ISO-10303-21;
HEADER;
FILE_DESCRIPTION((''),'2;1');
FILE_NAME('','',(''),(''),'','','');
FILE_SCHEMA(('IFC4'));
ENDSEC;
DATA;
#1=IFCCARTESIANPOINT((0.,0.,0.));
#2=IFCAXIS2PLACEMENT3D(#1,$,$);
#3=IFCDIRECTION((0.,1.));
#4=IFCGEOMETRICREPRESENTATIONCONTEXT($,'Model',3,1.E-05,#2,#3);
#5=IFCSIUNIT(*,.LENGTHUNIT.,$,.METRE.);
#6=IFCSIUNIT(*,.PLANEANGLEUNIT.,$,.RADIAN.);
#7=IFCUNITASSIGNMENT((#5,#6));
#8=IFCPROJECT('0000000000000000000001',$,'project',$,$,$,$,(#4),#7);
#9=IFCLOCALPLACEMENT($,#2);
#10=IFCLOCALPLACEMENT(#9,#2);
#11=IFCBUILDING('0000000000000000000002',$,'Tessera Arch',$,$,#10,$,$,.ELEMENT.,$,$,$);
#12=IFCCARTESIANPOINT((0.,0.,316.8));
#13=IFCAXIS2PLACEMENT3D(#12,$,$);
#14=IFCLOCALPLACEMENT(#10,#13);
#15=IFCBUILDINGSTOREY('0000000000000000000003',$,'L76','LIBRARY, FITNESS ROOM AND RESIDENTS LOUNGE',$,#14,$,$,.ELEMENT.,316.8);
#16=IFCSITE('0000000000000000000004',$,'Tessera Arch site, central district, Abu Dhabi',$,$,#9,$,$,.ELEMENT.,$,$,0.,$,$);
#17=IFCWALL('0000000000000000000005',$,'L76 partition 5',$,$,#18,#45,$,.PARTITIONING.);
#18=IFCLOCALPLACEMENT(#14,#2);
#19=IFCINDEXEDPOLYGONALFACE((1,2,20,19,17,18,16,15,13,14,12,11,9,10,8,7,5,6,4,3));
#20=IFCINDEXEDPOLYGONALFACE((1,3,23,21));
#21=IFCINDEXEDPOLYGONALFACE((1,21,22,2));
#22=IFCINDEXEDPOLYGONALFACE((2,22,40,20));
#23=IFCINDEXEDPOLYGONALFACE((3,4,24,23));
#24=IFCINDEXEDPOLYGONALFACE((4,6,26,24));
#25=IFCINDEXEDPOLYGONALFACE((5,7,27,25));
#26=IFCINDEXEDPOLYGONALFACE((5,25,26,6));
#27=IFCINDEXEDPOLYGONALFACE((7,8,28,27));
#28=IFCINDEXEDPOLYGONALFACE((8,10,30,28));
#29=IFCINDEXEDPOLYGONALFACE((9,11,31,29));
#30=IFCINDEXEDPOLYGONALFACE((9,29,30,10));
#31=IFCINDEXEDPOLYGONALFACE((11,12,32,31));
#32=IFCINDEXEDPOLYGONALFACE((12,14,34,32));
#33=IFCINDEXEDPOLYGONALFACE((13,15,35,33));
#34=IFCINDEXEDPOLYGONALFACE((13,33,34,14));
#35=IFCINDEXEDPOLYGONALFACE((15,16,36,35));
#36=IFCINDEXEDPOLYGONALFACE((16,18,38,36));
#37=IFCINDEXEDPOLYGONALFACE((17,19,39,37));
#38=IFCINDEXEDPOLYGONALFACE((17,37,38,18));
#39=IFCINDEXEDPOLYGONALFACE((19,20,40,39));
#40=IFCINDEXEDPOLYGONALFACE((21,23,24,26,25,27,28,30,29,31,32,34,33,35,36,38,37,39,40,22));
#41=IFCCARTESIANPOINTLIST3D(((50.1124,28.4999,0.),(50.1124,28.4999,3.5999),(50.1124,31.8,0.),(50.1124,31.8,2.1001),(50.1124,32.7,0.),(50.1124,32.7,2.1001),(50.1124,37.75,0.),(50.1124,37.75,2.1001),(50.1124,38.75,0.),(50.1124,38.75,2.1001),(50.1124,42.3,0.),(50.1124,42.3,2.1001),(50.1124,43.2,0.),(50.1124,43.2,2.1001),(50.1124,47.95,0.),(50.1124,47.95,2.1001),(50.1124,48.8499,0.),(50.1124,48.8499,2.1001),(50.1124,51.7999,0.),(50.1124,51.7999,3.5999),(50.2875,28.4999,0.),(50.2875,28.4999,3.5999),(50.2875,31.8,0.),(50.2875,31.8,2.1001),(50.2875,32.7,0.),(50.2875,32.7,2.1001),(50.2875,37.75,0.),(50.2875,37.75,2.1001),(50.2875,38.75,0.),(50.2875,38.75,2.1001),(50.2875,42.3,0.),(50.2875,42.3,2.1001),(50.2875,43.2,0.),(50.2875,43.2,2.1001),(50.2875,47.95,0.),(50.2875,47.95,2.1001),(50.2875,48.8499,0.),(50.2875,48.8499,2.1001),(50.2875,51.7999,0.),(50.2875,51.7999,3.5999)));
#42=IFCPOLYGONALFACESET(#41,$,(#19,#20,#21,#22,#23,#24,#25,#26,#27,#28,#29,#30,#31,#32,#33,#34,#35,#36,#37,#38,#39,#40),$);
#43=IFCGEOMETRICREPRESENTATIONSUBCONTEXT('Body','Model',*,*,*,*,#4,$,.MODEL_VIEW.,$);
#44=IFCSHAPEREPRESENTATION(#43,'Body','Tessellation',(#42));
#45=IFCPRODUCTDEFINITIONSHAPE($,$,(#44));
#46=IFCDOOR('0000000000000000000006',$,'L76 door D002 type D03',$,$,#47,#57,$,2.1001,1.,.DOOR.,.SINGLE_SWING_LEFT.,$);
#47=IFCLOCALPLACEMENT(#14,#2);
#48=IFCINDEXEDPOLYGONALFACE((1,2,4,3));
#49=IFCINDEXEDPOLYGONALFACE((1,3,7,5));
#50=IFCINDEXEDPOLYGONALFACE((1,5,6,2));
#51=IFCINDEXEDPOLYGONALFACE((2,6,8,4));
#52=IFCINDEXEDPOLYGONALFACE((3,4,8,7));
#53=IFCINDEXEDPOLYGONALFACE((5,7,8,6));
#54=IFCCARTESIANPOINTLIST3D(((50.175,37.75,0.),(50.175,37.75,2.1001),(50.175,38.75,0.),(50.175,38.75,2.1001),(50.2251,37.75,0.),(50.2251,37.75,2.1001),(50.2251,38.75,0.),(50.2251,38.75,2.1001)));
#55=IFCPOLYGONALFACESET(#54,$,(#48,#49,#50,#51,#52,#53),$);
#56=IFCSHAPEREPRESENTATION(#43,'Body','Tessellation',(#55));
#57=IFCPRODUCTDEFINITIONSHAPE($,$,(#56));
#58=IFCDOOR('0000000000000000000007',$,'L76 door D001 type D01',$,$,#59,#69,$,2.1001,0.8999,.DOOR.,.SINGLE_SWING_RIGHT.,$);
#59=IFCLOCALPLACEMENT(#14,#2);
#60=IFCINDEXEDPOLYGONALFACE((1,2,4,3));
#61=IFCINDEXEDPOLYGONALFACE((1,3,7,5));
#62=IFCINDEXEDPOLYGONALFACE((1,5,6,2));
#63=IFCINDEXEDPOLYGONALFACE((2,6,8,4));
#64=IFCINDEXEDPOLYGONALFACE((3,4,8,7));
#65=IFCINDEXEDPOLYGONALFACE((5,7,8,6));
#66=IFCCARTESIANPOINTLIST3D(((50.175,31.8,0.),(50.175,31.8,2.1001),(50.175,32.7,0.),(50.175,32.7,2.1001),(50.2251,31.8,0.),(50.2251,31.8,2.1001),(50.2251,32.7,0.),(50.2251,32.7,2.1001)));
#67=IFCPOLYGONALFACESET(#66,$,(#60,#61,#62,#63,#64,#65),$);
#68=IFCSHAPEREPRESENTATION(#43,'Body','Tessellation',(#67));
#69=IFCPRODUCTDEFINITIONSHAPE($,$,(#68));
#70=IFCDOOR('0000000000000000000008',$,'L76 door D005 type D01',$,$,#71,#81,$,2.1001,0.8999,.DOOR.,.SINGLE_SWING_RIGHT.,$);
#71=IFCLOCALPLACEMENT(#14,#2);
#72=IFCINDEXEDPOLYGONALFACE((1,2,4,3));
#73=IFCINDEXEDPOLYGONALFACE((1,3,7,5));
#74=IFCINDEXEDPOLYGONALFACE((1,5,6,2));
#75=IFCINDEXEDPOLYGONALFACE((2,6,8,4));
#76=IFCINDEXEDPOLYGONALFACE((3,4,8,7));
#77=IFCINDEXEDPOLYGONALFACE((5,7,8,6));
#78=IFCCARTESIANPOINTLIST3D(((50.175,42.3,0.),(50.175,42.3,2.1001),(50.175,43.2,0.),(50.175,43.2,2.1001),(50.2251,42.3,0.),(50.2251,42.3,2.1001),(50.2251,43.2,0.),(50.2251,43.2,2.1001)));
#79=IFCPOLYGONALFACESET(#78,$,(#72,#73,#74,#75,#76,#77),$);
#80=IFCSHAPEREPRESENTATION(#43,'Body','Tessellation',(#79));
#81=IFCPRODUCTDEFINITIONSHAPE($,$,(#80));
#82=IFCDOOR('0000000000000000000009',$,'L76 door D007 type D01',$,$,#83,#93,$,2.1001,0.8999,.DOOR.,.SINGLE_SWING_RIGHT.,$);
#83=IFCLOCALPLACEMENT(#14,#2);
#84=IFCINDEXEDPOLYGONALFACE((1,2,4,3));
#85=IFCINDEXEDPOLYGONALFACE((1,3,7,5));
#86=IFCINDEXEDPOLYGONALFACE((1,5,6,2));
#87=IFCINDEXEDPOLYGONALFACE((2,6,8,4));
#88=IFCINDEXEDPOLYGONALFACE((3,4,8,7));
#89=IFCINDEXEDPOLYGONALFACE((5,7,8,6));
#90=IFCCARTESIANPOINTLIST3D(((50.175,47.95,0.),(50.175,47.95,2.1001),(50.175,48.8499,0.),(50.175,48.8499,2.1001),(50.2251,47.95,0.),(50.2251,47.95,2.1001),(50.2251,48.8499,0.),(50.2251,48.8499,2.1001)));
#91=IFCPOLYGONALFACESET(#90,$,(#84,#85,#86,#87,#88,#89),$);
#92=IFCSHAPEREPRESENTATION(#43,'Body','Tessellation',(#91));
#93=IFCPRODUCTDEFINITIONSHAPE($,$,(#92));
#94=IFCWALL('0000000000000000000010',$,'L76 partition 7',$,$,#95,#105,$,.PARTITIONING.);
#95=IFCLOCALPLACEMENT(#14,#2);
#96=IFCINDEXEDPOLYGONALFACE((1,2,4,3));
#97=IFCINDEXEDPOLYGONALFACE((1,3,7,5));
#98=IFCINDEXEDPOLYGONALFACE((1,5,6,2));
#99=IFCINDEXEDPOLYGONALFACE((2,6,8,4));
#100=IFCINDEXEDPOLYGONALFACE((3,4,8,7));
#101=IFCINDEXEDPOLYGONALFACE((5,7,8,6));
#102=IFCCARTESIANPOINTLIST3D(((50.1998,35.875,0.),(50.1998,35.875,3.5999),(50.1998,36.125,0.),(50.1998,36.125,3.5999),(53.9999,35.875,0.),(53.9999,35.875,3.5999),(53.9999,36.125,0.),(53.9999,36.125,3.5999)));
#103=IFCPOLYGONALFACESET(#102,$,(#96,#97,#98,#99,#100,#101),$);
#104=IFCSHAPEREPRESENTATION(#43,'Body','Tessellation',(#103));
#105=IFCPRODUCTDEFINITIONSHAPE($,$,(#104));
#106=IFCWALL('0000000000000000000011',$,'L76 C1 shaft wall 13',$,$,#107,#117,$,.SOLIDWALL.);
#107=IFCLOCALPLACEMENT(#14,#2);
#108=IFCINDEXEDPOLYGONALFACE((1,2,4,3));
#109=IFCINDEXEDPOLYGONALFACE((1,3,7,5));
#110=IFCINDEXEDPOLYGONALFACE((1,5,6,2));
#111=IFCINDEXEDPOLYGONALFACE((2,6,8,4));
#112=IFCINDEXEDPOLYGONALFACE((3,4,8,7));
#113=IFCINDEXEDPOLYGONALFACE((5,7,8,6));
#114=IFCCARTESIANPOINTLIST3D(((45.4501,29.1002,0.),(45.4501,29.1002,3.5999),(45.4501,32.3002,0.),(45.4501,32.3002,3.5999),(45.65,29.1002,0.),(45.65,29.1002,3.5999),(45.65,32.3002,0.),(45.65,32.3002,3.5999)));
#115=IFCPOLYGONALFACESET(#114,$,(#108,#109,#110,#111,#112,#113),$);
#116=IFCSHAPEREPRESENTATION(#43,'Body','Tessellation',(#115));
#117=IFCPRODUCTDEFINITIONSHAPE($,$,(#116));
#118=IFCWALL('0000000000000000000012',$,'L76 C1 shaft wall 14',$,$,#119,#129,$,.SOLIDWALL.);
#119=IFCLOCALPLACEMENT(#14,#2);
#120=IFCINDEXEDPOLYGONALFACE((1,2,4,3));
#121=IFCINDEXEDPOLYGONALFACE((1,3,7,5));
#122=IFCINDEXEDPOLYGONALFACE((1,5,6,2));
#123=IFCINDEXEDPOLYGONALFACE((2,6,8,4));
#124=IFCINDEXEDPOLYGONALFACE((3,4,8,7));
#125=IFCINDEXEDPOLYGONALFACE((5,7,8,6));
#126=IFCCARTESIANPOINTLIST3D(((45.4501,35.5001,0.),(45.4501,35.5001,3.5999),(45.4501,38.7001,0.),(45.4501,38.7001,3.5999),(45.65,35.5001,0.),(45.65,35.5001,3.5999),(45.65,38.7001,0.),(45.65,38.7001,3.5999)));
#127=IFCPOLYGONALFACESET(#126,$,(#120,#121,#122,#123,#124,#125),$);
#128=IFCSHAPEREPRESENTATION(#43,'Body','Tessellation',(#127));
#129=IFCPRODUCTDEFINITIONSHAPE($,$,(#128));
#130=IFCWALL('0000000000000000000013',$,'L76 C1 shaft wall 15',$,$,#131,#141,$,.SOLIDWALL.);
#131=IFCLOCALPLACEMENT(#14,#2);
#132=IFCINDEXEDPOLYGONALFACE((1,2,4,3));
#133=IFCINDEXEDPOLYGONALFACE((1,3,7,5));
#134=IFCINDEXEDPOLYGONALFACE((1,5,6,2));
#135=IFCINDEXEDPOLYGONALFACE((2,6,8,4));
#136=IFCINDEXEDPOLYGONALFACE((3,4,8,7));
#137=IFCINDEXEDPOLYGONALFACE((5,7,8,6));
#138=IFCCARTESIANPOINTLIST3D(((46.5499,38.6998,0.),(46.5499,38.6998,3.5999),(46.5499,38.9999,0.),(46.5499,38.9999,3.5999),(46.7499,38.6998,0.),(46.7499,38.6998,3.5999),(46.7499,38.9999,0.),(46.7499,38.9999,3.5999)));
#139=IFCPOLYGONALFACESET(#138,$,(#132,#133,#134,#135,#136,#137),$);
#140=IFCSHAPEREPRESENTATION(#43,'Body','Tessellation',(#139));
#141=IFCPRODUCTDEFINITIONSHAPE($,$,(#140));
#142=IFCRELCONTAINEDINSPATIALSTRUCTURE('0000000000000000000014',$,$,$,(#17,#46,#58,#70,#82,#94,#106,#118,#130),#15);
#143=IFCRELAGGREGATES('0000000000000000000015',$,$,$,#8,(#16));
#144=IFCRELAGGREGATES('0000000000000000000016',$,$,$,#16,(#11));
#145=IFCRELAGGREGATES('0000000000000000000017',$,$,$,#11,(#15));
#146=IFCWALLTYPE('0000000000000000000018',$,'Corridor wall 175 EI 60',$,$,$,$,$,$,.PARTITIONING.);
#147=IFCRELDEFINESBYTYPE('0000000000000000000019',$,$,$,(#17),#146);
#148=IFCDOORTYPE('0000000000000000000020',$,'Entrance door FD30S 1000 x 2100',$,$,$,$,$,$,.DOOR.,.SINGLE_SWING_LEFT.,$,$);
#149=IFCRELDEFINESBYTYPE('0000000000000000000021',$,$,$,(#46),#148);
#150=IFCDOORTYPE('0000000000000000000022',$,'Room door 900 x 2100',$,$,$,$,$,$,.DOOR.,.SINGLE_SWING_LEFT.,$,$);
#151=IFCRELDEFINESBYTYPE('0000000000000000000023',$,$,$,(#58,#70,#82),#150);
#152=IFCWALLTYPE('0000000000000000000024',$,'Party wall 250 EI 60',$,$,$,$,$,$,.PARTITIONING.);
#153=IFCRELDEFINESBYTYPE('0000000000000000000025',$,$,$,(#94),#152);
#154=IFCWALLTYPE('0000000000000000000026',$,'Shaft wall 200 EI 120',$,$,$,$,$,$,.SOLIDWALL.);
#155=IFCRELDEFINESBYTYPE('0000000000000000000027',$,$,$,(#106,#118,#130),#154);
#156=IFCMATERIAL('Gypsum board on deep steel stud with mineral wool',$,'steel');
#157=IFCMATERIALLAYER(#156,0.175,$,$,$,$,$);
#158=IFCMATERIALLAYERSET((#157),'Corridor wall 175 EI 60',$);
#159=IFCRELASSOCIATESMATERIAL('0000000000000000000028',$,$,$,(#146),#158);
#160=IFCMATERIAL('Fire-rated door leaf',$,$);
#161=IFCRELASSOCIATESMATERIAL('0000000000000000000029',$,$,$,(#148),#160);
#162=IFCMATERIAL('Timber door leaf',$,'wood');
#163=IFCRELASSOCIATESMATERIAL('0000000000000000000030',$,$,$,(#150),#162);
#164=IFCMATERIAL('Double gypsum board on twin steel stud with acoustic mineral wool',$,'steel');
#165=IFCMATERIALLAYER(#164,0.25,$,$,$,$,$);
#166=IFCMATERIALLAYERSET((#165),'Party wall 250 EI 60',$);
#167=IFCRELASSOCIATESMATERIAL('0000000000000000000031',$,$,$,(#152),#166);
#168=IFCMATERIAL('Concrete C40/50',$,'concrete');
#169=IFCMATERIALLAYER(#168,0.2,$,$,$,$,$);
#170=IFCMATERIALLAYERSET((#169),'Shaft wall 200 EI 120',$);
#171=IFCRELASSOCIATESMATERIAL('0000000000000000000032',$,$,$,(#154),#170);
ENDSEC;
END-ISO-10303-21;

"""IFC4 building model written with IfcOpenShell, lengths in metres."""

from ifc_helpers import new_model, si_unit, direction, frame, frame_2d, origin, place, context, subcontext, project, spatial, rectangle, extrude, material, layer, layer_set, type_object, element, fill, save


model = new_model("IFC4")

# Units and contexts
model_context = context("Model", 3, precision=1e-05, world=origin(), true_north=direction((0.0, 1.0)))
body_context = subcontext(model_context, "Body", "Model", "MODEL_VIEW")
ifc_project = project(units=[si_unit("LENGTHUNIT", "METRE"), si_unit("PLANEANGLEUNIT", "RADIAN")], contexts=[model_context])

# Site, building, storey
site_placement = place(None, origin())
site = spatial("IfcSite", under=ifc_project, at=site_placement, Name="Tessera Arch site, central district, Abu Dhabi", CompositionType="ELEMENT", RefElevation=0.0)
building_placement = place(site_placement, origin())
building = spatial("IfcBuilding", under=site, at=building_placement, Name="Tessera Arch", CompositionType="ELEMENT")
storey_placement = place(building_placement, frame((0.0, 0.0, 316.8)))
storey = spatial("IfcBuildingStorey", under=building, at=storey_placement, Name="L76", Description="LIBRARY, FITNESS ROOM AND RESIDENTS LOUNGE", CompositionType="ELEMENT", Elevation=316.8)

# Shared definitions
ifc_material_1 = material(Name="Gypsum board on deep steel stud with mineral wool", Category="steel")
ifc_layer_1 = layer(ifc_material_1, 0.175)
ifc_layer_set_1 = layer_set([ifc_layer_1], Name="Corridor wall 175 EI 60")
wall_type_1 = type_object("IfcWallType", Name="Corridor wall 175 EI 60", PredefinedType="PARTITIONING", material=ifc_layer_set_1)

# Wall, openings, doors
wall_1_placement = place(storey_placement, frame((50.2, 28.5, 0.0), z_axis=(0.0, 0.0, 1.0), x_axis=(0.0, 1.0, 0.0)))
wall_1 = element("IfcWall", 1, at=wall_1_placement, inside=storey, type_object=wall_type_1, Name="L76 partition 5", PredefinedType="PARTITIONING", context=body_context, shape_type="SweptSolid", body=[
    extrude(rectangle(XDim=23.3, YDim=0.175, at=frame_2d((11.6499, 0.0))), origin(), (0.0, 0.0, 1.0), 3.5999),
])
opening_1_placement = place(wall_1_placement, frame((3.3, 0.0, 0.0)))
opening_1 = element("IfcOpeningElement", 2, at=opening_1_placement, cuts=wall_1, PredefinedType="OPENING", context=body_context, shape_type="SweptSolid", body=[
    extrude(rectangle(XDim=0.8999, YDim=2.1001, at=frame_2d((0.45, 1.05))), frame((0.0, 0.0974, 0.0), z_axis=(0.0, -1.0, 0.0), x_axis=(1.0, 0.0, 0.0)), (0.0, 0.0, 1.0), 0.1951),
])
opening_2_placement = place(wall_1_placement, frame((9.25, 0.0, 0.0)))
opening_2 = element("IfcOpeningElement", 3, at=opening_2_placement, cuts=wall_1, PredefinedType="OPENING", context=body_context, shape_type="SweptSolid", body=[
    extrude(rectangle(XDim=1.0, YDim=2.1001, at=frame_2d((0.5, 1.05))), frame((0.0, 0.0974, 0.0), z_axis=(0.0, -1.0, 0.0), x_axis=(1.0, 0.0, 0.0)), (0.0, 0.0, 1.0), 0.1951),
])
opening_3_placement = place(wall_1_placement, frame((13.8, 0.0, 0.0)))
opening_3 = element("IfcOpeningElement", 4, at=opening_3_placement, cuts=wall_1, PredefinedType="OPENING", context=body_context, shape_type="SweptSolid", body=[
    extrude(rectangle(XDim=0.8999, YDim=2.1001, at=frame_2d((0.45, 1.05))), frame((0.0, 0.0974, 0.0), z_axis=(0.0, -1.0, 0.0), x_axis=(1.0, 0.0, 0.0)), (0.0, 0.0, 1.0), 0.1951),
])
opening_4_placement = place(wall_1_placement, frame((19.45, 0.0, 0.0)))
opening_4 = element("IfcOpeningElement", 5, at=opening_4_placement, cuts=wall_1, PredefinedType="OPENING", context=body_context, shape_type="SweptSolid", body=[
    extrude(rectangle(XDim=0.8999, YDim=2.1001, at=frame_2d((0.45, 1.05))), frame((0.0, 0.0974, 0.0), z_axis=(0.0, -1.0, 0.0), x_axis=(1.0, 0.0, 0.0)), (0.0, 0.0, 1.0), 0.1951),
])
ifc_material_2 = material(Name="Fire-rated door leaf")
door_type_1 = type_object("IfcDoorType", Name="Entrance door FD30S 1000 x 2100", OperationType="SINGLE_SWING_LEFT", PredefinedType="DOOR", material=ifc_material_2)
door_1_placement = place(opening_2_placement, origin())
door_1 = element("IfcDoor", 6, at=door_1_placement, inside=storey, type_object=door_type_1, Name="L76 door D002 type D03", OperationType="SINGLE_SWING_LEFT", OverallHeight=2.1001, OverallWidth=1.0, PredefinedType="DOOR", context=body_context, shape_type="SweptSolid", body=[
    extrude(rectangle(XDim=1.0, YDim=2.1001, at=frame_2d((0.5, 1.05))), frame((0.0, 0.0249, 0.0), z_axis=(0.0, -1.0, 0.0), x_axis=(1.0, 0.0, 0.0)), (0.0, 0.0, 1.0), 0.05),
])
fill(opening_2, door_1)
ifc_material_3 = material(Name="Timber door leaf", Category="wood")
door_type_2 = type_object("IfcDoorType", Name="Room door 900 x 2100", OperationType="SINGLE_SWING_LEFT", PredefinedType="DOOR", material=ifc_material_3)
door_2_placement = place(opening_1_placement, origin())
door_2 = element("IfcDoor", 7, at=door_2_placement, inside=storey, type_object=door_type_2, Name="L76 door D001 type D01", OperationType="SINGLE_SWING_RIGHT", OverallHeight=2.1001, OverallWidth=0.8999, PredefinedType="DOOR", context=body_context, shape_type="SweptSolid", body=[
    extrude(rectangle(XDim=0.8999, YDim=2.1001, at=frame_2d((0.45, 1.05))), frame((0.0, 0.0249, 0.0), z_axis=(0.0, -1.0, 0.0), x_axis=(1.0, 0.0, 0.0)), (0.0, 0.0, 1.0), 0.05),
])
fill(opening_1, door_2)
door_3_placement = place(opening_3_placement, origin())
door_3 = element("IfcDoor", 8, at=door_3_placement, inside=storey, type_object=door_type_2, Name="L76 door D005 type D01", OperationType="SINGLE_SWING_RIGHT", OverallHeight=2.1001, OverallWidth=0.8999, PredefinedType="DOOR", context=body_context, shape_type="SweptSolid", body=[
    extrude(rectangle(XDim=0.8999, YDim=2.1001, at=frame_2d((0.45, 1.05))), frame((0.0, 0.0249, 0.0), z_axis=(0.0, -1.0, 0.0), x_axis=(1.0, 0.0, 0.0)), (0.0, 0.0, 1.0), 0.05),
])
fill(opening_3, door_3)
door_4_placement = place(opening_4_placement, origin())
door_4 = element("IfcDoor", 9, at=door_4_placement, inside=storey, type_object=door_type_2, Name="L76 door D007 type D01", OperationType="SINGLE_SWING_RIGHT", OverallHeight=2.1001, OverallWidth=0.8999, PredefinedType="DOOR", context=body_context, shape_type="SweptSolid", body=[
    extrude(rectangle(XDim=0.8999, YDim=2.1001, at=frame_2d((0.45, 1.05))), frame((0.0, 0.0249, 0.0), z_axis=(0.0, -1.0, 0.0), x_axis=(1.0, 0.0, 0.0)), (0.0, 0.0, 1.0), 0.05),
])
fill(opening_4, door_4)

# Walls
ifc_material_4 = material(Name="Double gypsum board on twin steel stud with acoustic mineral wool", Category="steel")
ifc_layer_2 = layer(ifc_material_4, 0.25)
ifc_layer_set_2 = layer_set([ifc_layer_2], Name="Party wall 250 EI 60")
wall_type_2 = type_object("IfcWallType", Name="Party wall 250 EI 60", PredefinedType="PARTITIONING", material=ifc_layer_set_2)
wall_2_placement = place(storey_placement, frame((50.2, 36.0, 0.0), z_axis=(0.0, 0.0, 1.0), x_axis=(1.0, 0.0, 0.0)))
element("IfcWall", 10, at=wall_2_placement, inside=storey, type_object=wall_type_2, Name="L76 partition 7", PredefinedType="PARTITIONING", context=body_context, shape_type="SweptSolid", body=[
    extrude(rectangle(XDim=3.8, YDim=0.25, at=frame_2d((1.8999, 0.0))), origin(), (0.0, 0.0, 1.0), 3.5999),
])
ifc_material_5 = material(Name="Concrete C40/50", Category="concrete")
ifc_layer_3 = layer(ifc_material_5, 0.2)
ifc_layer_set_3 = layer_set([ifc_layer_3], Name="Shaft wall 200 EI 120")
wall_type_3 = type_object("IfcWallType", Name="Shaft wall 200 EI 120", PredefinedType="SOLIDWALL", material=ifc_layer_set_3)
for number, where, z_axis, x_axis, name in (
    (11, (45.55, 29.1001, 0.0), (0.0, 0.0, 1.0), (0.0, 1.0, 0.0), "L76 C1 shaft wall 13"),
    (12, (45.55, 35.5, 0.0), (0.0, 0.0, 1.0), (0.0, 1.0, 0.0), "L76 C1 shaft wall 14"),
):
    element("IfcWall", number, at=place(storey_placement, frame(where, z_axis=z_axis, x_axis=x_axis)), inside=storey, type_object=wall_type_3, Name=name, PredefinedType="SOLIDWALL", context=body_context, shape_type="SweptSolid", body=[
        extrude(rectangle(XDim=3.2, YDim=0.2, at=frame_2d((1.6001, 0.0))), origin(), (0.0, 0.0, 1.0), 3.5999),
    ])
wall_3_placement = place(storey_placement, frame((46.6499, 38.7, 0.0), z_axis=(0.0, 0.0, 1.0), x_axis=(0.0, 1.0, 0.0)))
element("IfcWall", 13, at=wall_3_placement, inside=storey, type_object=wall_type_3, Name="L76 C1 shaft wall 15", PredefinedType="SOLIDWALL", context=body_context, shape_type="SweptSolid", body=[
    extrude(rectangle(XDim=0.3, YDim=0.2, at=frame_2d((0.1499, 0.0))), origin(), (0.0, 0.0, 1.0), 3.5999),
])

save(model, "model.ifc")
